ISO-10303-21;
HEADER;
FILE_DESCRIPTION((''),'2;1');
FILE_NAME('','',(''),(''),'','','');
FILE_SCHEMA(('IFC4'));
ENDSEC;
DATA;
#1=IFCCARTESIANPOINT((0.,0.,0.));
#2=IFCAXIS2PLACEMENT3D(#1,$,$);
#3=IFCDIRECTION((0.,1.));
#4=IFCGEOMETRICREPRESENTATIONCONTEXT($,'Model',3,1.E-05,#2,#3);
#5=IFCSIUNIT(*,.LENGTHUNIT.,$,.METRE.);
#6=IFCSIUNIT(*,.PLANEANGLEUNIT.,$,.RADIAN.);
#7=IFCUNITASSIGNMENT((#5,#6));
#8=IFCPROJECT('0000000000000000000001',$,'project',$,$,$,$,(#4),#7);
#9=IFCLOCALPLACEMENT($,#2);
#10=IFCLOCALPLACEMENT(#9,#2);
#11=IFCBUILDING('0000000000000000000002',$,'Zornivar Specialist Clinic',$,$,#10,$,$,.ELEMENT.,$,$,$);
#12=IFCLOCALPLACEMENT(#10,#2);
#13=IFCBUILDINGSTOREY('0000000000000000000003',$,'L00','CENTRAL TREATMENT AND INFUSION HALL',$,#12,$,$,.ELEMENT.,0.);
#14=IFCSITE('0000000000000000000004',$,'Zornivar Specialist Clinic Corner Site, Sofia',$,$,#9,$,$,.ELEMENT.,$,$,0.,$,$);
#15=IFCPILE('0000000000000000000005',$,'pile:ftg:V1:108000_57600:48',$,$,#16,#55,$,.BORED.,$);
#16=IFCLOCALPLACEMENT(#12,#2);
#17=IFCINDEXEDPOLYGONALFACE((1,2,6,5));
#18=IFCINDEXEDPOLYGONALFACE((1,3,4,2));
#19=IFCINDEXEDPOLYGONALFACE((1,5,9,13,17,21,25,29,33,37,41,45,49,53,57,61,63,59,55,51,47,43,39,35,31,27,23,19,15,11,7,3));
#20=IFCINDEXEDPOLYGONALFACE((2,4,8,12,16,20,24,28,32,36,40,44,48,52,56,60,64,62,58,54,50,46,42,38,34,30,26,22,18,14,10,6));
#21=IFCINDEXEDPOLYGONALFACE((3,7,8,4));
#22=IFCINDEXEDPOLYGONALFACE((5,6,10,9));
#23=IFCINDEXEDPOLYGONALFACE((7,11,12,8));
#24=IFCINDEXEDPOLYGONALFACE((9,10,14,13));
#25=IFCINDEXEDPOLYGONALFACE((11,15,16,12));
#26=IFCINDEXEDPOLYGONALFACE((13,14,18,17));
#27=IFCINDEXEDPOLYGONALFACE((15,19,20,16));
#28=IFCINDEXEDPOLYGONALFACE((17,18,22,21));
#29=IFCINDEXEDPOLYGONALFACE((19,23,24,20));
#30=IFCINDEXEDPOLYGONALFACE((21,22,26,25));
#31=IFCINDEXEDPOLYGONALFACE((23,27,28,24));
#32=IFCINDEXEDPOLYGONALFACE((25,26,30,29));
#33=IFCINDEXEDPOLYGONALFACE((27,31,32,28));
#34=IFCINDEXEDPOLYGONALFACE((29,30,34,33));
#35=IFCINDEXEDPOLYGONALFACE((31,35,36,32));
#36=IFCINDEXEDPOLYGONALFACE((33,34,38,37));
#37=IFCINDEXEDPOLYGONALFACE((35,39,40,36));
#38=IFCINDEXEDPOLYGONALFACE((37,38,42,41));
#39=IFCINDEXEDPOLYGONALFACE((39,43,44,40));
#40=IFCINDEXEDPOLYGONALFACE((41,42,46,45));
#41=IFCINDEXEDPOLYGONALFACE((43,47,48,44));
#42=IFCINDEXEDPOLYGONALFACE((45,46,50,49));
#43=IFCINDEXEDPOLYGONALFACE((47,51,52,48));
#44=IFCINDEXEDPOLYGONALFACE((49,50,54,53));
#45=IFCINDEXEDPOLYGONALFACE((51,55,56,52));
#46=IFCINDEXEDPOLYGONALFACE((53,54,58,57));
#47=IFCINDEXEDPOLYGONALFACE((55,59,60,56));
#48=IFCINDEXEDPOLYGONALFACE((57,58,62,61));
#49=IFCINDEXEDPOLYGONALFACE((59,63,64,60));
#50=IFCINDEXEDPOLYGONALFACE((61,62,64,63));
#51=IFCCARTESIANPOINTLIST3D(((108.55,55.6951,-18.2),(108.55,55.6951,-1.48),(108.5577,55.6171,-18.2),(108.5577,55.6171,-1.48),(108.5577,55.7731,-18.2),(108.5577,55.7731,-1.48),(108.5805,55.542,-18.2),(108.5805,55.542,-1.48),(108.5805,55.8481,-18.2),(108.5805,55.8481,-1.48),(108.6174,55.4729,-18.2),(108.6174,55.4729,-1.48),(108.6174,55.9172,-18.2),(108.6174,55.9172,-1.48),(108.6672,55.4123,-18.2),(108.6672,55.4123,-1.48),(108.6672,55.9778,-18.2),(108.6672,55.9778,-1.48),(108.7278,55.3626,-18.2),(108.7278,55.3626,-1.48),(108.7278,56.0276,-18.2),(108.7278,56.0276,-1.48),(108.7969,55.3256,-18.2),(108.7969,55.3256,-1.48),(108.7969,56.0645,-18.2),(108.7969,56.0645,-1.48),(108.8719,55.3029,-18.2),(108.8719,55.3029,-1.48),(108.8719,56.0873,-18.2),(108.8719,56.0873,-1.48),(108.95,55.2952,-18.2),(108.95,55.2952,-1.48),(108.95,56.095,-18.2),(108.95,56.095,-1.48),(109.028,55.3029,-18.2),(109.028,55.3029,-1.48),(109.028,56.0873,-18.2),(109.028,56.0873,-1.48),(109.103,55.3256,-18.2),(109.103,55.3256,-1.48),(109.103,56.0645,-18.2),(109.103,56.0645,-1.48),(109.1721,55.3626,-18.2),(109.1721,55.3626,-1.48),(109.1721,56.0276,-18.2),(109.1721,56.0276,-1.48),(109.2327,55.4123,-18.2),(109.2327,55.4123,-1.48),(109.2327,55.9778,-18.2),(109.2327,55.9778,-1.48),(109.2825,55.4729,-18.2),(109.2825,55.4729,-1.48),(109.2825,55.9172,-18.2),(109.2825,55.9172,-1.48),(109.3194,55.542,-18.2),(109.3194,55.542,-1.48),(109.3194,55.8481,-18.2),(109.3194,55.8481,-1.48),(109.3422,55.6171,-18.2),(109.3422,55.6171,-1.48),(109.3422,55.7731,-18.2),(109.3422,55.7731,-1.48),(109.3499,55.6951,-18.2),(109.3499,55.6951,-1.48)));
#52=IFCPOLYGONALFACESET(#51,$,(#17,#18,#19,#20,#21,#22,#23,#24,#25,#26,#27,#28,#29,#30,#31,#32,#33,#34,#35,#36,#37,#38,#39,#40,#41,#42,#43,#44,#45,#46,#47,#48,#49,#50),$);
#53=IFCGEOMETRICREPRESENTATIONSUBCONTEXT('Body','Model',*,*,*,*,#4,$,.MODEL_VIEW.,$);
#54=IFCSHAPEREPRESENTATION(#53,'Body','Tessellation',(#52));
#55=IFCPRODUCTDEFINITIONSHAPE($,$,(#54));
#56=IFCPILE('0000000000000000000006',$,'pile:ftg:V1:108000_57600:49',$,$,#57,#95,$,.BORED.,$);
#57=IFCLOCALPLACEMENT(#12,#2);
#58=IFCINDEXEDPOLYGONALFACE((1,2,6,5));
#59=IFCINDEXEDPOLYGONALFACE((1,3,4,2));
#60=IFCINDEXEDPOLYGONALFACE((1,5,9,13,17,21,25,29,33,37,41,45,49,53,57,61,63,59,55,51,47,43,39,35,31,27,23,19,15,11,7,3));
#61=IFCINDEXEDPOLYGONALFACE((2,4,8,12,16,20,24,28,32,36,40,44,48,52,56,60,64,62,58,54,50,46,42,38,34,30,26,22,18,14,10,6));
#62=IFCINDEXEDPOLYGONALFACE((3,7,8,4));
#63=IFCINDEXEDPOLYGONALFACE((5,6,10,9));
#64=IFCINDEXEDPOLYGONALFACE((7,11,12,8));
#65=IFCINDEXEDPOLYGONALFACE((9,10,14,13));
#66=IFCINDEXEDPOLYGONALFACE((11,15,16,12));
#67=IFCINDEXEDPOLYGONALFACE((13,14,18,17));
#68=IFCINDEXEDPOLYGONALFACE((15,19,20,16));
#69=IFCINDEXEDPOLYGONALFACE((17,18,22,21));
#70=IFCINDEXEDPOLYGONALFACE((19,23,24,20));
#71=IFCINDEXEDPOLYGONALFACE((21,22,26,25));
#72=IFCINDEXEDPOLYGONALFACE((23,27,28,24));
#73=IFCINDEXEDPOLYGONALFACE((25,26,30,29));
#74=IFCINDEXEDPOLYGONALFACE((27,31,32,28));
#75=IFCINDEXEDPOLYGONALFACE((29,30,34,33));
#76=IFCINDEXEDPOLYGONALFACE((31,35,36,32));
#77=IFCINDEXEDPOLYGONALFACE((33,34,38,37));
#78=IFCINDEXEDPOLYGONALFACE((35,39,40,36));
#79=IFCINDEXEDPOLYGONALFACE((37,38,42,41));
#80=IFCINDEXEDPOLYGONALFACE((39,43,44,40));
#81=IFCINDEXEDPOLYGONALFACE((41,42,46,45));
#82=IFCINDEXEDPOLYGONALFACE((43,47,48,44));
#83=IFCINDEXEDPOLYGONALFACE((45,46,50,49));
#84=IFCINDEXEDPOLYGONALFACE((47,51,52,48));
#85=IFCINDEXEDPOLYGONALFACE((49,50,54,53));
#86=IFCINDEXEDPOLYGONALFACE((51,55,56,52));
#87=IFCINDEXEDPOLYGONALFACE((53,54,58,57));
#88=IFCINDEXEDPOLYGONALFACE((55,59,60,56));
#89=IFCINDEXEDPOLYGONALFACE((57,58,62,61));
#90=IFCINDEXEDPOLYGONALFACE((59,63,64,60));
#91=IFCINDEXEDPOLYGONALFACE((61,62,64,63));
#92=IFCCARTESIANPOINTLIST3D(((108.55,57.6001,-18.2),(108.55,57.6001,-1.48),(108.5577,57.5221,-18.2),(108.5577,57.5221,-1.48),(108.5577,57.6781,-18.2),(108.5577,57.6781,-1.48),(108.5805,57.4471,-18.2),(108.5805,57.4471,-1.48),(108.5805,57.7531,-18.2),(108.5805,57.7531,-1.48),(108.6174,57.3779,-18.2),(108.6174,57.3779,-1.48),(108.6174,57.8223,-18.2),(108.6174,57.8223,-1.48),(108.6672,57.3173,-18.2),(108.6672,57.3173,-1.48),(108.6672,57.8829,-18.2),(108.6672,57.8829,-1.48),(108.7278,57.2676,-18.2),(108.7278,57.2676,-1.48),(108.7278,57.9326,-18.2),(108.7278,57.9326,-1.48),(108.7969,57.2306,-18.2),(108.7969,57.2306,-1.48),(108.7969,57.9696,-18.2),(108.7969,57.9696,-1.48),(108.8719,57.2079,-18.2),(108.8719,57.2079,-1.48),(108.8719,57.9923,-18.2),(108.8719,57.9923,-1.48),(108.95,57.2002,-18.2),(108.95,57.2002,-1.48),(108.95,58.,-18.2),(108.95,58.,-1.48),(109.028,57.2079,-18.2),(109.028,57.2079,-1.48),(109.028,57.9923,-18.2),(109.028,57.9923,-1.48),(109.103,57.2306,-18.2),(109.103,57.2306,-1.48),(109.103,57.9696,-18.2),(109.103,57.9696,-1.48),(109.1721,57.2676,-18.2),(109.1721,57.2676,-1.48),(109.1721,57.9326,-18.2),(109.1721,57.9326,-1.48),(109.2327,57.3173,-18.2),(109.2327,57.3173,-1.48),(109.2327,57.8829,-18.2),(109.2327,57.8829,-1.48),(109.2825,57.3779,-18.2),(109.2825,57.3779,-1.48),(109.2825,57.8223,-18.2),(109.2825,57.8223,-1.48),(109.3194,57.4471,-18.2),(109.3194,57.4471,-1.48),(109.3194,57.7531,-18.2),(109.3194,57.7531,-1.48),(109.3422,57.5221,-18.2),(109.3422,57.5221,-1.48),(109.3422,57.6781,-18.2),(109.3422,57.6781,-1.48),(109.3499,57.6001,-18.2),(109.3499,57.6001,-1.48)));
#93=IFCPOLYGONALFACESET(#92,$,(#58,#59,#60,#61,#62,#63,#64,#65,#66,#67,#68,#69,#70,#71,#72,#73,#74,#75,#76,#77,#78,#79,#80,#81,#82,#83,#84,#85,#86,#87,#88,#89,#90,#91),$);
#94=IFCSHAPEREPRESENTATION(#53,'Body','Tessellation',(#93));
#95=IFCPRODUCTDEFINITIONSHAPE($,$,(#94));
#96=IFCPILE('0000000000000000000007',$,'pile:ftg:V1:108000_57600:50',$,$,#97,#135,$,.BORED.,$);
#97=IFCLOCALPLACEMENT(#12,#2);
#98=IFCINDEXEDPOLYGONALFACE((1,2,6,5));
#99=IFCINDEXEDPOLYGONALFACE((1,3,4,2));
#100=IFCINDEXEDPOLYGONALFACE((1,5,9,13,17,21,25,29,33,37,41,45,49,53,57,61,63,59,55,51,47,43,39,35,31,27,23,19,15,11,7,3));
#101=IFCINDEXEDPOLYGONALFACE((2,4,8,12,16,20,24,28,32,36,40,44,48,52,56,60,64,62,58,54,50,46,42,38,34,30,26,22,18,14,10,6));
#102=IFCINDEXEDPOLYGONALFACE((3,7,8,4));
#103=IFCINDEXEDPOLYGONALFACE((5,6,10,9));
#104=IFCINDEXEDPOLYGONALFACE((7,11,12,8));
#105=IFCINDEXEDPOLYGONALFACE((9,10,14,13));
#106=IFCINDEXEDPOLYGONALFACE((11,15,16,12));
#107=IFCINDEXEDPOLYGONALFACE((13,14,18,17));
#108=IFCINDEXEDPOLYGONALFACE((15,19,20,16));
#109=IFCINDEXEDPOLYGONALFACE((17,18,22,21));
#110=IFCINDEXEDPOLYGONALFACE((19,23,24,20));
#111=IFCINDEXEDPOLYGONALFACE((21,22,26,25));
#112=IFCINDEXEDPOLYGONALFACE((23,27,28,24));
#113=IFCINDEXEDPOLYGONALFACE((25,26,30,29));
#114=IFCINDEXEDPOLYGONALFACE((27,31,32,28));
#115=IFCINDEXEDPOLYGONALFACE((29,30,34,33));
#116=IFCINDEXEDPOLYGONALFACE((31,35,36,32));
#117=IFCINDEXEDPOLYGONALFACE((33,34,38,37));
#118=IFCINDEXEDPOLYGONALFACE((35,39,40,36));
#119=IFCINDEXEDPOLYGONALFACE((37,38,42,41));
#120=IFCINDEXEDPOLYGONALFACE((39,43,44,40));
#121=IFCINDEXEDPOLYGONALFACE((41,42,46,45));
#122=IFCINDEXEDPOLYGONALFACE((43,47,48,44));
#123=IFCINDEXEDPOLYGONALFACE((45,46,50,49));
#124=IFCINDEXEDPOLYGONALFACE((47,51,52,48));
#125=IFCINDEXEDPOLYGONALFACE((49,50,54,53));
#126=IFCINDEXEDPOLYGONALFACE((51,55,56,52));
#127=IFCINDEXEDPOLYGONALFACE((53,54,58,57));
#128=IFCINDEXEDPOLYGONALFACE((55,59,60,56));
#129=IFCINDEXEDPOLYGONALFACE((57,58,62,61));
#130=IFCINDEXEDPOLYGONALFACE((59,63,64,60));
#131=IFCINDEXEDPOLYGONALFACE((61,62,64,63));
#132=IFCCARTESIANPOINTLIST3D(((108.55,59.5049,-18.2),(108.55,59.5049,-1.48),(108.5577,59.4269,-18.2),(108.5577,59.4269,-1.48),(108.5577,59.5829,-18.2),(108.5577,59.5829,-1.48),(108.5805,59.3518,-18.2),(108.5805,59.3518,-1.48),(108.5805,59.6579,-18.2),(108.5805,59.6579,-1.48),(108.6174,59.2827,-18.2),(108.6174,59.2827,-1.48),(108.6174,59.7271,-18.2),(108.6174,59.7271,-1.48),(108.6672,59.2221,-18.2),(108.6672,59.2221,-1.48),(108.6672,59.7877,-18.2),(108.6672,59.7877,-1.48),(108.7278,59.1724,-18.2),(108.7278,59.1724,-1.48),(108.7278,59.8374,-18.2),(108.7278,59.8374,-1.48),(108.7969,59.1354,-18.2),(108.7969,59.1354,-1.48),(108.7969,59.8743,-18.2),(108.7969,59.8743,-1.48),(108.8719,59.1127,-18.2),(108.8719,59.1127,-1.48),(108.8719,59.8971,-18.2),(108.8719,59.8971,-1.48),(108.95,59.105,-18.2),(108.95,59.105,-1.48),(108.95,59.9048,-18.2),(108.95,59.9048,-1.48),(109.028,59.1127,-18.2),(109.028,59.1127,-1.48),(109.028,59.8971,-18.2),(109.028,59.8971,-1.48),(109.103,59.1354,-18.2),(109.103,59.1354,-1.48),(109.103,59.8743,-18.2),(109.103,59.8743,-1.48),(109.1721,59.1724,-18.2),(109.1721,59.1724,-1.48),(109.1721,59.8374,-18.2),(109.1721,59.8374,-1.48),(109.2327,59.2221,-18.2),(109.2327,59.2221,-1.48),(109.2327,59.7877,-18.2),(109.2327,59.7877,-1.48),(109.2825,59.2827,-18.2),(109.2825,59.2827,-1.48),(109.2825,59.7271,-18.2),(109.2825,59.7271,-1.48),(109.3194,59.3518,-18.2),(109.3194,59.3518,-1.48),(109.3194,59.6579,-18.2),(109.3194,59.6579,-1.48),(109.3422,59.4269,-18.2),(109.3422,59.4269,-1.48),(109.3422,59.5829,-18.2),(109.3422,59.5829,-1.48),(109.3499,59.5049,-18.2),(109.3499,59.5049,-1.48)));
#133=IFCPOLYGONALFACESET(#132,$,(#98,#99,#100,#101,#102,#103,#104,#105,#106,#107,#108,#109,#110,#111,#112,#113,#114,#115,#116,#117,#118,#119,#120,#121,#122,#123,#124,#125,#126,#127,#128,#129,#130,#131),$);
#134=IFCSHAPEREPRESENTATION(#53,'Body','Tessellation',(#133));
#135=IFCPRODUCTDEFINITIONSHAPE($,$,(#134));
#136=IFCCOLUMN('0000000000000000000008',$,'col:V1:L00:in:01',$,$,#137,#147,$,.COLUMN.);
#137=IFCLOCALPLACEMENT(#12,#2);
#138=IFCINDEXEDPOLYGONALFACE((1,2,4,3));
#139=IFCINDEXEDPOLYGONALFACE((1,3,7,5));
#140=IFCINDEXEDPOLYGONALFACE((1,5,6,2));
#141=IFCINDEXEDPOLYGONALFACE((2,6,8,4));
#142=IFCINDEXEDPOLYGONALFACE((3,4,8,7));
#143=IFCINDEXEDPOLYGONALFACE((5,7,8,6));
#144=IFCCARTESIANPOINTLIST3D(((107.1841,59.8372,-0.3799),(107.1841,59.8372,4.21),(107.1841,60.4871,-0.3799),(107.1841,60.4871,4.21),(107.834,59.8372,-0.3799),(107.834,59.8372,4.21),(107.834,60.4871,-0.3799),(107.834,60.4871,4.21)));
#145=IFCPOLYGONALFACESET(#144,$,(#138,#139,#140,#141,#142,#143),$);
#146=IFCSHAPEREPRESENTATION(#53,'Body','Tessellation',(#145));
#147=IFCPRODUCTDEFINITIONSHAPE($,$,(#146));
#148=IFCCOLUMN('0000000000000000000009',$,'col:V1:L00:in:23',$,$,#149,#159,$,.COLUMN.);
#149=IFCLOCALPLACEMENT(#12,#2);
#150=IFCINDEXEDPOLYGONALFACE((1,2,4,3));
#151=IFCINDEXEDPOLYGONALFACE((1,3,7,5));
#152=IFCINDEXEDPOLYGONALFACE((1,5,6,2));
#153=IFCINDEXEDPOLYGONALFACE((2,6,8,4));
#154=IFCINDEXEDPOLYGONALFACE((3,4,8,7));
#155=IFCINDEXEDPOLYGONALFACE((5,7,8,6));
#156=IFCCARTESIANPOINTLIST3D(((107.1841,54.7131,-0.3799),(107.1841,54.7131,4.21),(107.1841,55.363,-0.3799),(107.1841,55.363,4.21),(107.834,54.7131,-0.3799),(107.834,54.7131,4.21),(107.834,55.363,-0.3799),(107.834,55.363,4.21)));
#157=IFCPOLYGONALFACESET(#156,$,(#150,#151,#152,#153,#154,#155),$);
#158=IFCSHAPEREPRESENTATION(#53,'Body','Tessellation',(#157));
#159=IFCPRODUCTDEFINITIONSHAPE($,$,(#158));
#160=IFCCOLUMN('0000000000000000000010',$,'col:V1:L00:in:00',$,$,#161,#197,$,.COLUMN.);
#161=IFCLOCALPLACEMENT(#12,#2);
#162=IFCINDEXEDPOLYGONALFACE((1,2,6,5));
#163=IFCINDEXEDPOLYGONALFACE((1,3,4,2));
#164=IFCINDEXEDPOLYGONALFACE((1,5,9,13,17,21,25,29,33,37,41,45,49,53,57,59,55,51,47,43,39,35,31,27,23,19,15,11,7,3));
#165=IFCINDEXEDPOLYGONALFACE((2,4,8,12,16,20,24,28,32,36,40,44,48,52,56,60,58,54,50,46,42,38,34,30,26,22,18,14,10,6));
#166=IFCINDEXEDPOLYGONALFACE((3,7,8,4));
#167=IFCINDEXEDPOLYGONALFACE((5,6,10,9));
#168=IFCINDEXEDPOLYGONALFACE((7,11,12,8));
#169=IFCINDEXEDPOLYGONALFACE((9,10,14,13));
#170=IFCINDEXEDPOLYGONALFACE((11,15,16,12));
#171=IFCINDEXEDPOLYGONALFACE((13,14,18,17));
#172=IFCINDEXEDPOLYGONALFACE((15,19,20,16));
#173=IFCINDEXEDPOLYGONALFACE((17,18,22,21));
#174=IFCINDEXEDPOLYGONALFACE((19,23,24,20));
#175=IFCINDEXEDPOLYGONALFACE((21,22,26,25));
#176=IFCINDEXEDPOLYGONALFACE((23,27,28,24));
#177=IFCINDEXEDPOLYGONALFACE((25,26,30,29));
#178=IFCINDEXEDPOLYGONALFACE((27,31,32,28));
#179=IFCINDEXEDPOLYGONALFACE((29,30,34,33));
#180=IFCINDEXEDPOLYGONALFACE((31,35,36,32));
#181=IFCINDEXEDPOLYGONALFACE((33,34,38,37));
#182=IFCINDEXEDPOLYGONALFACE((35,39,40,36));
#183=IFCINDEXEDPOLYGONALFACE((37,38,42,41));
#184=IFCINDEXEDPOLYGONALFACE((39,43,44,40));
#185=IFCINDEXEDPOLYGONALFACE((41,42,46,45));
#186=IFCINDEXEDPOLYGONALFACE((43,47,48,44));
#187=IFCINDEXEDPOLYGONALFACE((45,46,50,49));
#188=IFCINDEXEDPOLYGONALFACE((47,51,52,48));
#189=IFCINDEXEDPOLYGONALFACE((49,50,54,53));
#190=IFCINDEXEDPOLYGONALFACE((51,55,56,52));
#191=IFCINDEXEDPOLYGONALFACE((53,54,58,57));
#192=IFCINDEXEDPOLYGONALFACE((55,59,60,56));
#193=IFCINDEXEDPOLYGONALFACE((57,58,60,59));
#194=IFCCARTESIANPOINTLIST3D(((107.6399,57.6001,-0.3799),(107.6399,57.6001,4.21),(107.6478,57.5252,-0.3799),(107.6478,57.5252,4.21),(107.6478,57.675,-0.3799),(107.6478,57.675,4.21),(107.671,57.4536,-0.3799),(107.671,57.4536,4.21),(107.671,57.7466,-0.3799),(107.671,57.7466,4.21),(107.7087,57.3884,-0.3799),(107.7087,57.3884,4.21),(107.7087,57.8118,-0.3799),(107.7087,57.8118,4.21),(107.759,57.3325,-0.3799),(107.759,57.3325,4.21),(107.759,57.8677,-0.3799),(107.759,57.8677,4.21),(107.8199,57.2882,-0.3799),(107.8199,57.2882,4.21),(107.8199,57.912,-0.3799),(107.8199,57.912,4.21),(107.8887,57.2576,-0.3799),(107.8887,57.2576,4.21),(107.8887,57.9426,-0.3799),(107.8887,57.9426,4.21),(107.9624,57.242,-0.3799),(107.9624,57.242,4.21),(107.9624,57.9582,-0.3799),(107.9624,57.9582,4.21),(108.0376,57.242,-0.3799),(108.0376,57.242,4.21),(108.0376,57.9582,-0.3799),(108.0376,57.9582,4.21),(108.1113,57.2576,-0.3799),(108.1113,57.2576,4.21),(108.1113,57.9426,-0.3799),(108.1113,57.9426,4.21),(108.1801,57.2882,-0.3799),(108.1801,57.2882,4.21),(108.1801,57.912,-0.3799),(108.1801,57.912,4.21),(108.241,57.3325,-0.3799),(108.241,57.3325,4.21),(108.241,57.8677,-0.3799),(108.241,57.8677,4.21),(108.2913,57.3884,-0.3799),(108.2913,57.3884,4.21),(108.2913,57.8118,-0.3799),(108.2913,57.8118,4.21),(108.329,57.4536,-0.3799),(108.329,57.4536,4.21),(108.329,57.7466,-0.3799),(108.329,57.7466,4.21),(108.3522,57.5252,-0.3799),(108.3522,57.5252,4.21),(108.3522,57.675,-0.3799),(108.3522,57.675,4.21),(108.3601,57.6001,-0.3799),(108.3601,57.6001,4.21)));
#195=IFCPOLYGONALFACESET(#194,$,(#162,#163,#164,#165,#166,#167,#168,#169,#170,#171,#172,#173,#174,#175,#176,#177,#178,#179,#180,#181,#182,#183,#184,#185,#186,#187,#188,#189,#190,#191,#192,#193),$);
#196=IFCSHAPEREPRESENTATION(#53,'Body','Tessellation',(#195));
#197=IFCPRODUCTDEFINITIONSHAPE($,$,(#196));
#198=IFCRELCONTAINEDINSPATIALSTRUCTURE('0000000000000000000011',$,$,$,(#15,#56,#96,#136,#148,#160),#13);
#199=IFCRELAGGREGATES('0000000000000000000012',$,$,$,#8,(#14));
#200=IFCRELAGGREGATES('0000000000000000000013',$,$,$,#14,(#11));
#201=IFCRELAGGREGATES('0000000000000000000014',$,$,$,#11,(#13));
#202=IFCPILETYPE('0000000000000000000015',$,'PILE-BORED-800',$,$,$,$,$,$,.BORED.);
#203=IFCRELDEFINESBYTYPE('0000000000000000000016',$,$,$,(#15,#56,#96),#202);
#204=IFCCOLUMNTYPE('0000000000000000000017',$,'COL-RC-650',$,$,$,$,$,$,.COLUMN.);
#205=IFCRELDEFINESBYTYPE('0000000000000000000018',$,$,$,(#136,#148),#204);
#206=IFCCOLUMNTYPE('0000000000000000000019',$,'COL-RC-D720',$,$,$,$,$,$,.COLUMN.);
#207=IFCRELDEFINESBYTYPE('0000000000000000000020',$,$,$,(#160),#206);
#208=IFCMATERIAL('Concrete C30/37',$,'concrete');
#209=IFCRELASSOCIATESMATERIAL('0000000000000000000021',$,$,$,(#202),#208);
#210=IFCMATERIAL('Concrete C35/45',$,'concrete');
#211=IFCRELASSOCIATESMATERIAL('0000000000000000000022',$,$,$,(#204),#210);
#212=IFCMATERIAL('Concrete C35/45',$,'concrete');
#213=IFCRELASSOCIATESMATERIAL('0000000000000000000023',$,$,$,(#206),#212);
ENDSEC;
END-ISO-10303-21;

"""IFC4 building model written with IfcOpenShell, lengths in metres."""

from ifc_helpers import new_model, si_unit, direction, frame, origin, origin_2d, place, context, subcontext, project, spatial, rectangle, circle, extrude, material, material_profile, profile_set, type_object, element, save


model = new_model("IFC4")

# Units and contexts
model_context = context("Model", 3, precision=1e-05, world=origin(), true_north=direction((0.0, 1.0)))
body_context = subcontext(model_context, "Body", "Model", "MODEL_VIEW")
ifc_project = project(units=[si_unit("LENGTHUNIT", "METRE"), si_unit("PLANEANGLEUNIT", "RADIAN")], contexts=[model_context])

# Site, building, storey
site_placement = place(None, origin())
site = spatial("IfcSite", under=ifc_project, at=site_placement, Name="Zornivar Specialist Clinic Corner Site, Sofia", CompositionType="ELEMENT", RefElevation=0.0)
building_placement = place(site_placement, origin())
building = spatial("IfcBuilding", under=site, at=building_placement, Name="Zornivar Specialist Clinic", CompositionType="ELEMENT")
storey_placement = place(building_placement, origin())
storey = spatial("IfcBuildingStorey", under=building, at=storey_placement, Name="L00", Description="CENTRAL TREATMENT AND INFUSION HALL", CompositionType="ELEMENT", Elevation=0.0)

# Piles
ifc_material_1 = material(Name="Concrete C30/37", Category="concrete")
ifc_material_profile_1 = material_profile(ifc_material_1, circle(Radius=0.3999, at=origin_2d()), Name="PILE D800")
ifc_profile_set_1 = profile_set([ifc_material_profile_1], Name="Concrete C30/37")
pile_type = type_object("IfcPileType", Name="PILE-BORED-800", PredefinedType="BORED", material=ifc_profile_set_1)
for number, where, z_axis, x_axis, name in (
    (1, (108.95, 55.6951, -1.48), (0.0, 0.0, -1.0), (1.0, 0.0, 0.0), "pile:ftg:V1:108000_57600:48"),
    (2, (108.95, 57.6001, -1.48), (0.0, 0.0, -1.0), (1.0, 0.0, 0.0), "pile:ftg:V1:108000_57600:49"),
    (3, (108.95, 59.5049, -1.48), (0.0, 0.0, -1.0), (1.0, 0.0, 0.0), "pile:ftg:V1:108000_57600:50"),
):
    element("IfcPile", number, at=place(storey_placement, frame(where, z_axis=z_axis, x_axis=x_axis)), inside=storey, type_object=pile_type, Name=name, PredefinedType="BORED", context=body_context, shape_type="SweptSolid", body=[
        extrude(circle(Radius=0.3999, at=origin_2d()), origin(), (0.0, 0.0, 1.0), 16.72),
    ])

# Columns
ifc_material_2 = material(Name="Concrete C35/45", Category="concrete")
ifc_material_profile_2 = material_profile(ifc_material_2, rectangle(XDim=0.6499, YDim=0.6499, at=origin_2d()), Name="RC 650x650")
ifc_profile_set_2 = profile_set([ifc_material_profile_2], Name="Concrete C35/45")
column_type_1 = type_object("IfcColumnType", Name="COL-RC-650", PredefinedType="COLUMN", material=ifc_profile_set_2)
for number, where, z_axis, x_axis, name in (
    (4, (107.509, 60.1621, -0.3799), (0.0, 0.0, 1.0), (1.0, 0.0, 0.0), "col:V1:L00:in:01"),
    (5, (107.509, 55.0381, -0.3799), (0.0, 0.0, 1.0), (1.0, 0.0, 0.0), "col:V1:L00:in:23"),
):
    element("IfcColumn", number, at=place(storey_placement, frame(where, z_axis=z_axis, x_axis=x_axis)), inside=storey, type_object=column_type_1, Name=name, PredefinedType="COLUMN", context=body_context, shape_type="SweptSolid", body=[
        extrude(rectangle(XDim=0.6499, YDim=0.6499, at=origin_2d()), origin(), (0.0, 0.0, 1.0), 4.5898),
    ])
ifc_material_3 = material(Name="Concrete C35/45", Category="concrete")
ifc_material_profile_3 = material_profile(ifc_material_3, circle(Radius=0.3601, at=origin_2d()), Name="RC D720")
ifc_profile_set_3 = profile_set([ifc_material_profile_3], Name="Concrete C35/45")
column_type_2 = type_object("IfcColumnType", Name="COL-RC-D720", PredefinedType="COLUMN", material=ifc_profile_set_3)
column_placement = place(storey_placement, frame((108.0, 57.6001, -0.3799), z_axis=(0.0, 0.0, 1.0), x_axis=(1.0, 0.0, 0.0)))
element("IfcColumn", 6, at=column_placement, inside=storey, type_object=column_type_2, Name="col:V1:L00:in:00", PredefinedType="COLUMN", context=body_context, shape_type="SweptSolid", body=[
    extrude(circle(Radius=0.3601, at=origin_2d()), origin(), (0.0, 0.0, 1.0), 4.5898),
])

save(model, "model.ifc")
